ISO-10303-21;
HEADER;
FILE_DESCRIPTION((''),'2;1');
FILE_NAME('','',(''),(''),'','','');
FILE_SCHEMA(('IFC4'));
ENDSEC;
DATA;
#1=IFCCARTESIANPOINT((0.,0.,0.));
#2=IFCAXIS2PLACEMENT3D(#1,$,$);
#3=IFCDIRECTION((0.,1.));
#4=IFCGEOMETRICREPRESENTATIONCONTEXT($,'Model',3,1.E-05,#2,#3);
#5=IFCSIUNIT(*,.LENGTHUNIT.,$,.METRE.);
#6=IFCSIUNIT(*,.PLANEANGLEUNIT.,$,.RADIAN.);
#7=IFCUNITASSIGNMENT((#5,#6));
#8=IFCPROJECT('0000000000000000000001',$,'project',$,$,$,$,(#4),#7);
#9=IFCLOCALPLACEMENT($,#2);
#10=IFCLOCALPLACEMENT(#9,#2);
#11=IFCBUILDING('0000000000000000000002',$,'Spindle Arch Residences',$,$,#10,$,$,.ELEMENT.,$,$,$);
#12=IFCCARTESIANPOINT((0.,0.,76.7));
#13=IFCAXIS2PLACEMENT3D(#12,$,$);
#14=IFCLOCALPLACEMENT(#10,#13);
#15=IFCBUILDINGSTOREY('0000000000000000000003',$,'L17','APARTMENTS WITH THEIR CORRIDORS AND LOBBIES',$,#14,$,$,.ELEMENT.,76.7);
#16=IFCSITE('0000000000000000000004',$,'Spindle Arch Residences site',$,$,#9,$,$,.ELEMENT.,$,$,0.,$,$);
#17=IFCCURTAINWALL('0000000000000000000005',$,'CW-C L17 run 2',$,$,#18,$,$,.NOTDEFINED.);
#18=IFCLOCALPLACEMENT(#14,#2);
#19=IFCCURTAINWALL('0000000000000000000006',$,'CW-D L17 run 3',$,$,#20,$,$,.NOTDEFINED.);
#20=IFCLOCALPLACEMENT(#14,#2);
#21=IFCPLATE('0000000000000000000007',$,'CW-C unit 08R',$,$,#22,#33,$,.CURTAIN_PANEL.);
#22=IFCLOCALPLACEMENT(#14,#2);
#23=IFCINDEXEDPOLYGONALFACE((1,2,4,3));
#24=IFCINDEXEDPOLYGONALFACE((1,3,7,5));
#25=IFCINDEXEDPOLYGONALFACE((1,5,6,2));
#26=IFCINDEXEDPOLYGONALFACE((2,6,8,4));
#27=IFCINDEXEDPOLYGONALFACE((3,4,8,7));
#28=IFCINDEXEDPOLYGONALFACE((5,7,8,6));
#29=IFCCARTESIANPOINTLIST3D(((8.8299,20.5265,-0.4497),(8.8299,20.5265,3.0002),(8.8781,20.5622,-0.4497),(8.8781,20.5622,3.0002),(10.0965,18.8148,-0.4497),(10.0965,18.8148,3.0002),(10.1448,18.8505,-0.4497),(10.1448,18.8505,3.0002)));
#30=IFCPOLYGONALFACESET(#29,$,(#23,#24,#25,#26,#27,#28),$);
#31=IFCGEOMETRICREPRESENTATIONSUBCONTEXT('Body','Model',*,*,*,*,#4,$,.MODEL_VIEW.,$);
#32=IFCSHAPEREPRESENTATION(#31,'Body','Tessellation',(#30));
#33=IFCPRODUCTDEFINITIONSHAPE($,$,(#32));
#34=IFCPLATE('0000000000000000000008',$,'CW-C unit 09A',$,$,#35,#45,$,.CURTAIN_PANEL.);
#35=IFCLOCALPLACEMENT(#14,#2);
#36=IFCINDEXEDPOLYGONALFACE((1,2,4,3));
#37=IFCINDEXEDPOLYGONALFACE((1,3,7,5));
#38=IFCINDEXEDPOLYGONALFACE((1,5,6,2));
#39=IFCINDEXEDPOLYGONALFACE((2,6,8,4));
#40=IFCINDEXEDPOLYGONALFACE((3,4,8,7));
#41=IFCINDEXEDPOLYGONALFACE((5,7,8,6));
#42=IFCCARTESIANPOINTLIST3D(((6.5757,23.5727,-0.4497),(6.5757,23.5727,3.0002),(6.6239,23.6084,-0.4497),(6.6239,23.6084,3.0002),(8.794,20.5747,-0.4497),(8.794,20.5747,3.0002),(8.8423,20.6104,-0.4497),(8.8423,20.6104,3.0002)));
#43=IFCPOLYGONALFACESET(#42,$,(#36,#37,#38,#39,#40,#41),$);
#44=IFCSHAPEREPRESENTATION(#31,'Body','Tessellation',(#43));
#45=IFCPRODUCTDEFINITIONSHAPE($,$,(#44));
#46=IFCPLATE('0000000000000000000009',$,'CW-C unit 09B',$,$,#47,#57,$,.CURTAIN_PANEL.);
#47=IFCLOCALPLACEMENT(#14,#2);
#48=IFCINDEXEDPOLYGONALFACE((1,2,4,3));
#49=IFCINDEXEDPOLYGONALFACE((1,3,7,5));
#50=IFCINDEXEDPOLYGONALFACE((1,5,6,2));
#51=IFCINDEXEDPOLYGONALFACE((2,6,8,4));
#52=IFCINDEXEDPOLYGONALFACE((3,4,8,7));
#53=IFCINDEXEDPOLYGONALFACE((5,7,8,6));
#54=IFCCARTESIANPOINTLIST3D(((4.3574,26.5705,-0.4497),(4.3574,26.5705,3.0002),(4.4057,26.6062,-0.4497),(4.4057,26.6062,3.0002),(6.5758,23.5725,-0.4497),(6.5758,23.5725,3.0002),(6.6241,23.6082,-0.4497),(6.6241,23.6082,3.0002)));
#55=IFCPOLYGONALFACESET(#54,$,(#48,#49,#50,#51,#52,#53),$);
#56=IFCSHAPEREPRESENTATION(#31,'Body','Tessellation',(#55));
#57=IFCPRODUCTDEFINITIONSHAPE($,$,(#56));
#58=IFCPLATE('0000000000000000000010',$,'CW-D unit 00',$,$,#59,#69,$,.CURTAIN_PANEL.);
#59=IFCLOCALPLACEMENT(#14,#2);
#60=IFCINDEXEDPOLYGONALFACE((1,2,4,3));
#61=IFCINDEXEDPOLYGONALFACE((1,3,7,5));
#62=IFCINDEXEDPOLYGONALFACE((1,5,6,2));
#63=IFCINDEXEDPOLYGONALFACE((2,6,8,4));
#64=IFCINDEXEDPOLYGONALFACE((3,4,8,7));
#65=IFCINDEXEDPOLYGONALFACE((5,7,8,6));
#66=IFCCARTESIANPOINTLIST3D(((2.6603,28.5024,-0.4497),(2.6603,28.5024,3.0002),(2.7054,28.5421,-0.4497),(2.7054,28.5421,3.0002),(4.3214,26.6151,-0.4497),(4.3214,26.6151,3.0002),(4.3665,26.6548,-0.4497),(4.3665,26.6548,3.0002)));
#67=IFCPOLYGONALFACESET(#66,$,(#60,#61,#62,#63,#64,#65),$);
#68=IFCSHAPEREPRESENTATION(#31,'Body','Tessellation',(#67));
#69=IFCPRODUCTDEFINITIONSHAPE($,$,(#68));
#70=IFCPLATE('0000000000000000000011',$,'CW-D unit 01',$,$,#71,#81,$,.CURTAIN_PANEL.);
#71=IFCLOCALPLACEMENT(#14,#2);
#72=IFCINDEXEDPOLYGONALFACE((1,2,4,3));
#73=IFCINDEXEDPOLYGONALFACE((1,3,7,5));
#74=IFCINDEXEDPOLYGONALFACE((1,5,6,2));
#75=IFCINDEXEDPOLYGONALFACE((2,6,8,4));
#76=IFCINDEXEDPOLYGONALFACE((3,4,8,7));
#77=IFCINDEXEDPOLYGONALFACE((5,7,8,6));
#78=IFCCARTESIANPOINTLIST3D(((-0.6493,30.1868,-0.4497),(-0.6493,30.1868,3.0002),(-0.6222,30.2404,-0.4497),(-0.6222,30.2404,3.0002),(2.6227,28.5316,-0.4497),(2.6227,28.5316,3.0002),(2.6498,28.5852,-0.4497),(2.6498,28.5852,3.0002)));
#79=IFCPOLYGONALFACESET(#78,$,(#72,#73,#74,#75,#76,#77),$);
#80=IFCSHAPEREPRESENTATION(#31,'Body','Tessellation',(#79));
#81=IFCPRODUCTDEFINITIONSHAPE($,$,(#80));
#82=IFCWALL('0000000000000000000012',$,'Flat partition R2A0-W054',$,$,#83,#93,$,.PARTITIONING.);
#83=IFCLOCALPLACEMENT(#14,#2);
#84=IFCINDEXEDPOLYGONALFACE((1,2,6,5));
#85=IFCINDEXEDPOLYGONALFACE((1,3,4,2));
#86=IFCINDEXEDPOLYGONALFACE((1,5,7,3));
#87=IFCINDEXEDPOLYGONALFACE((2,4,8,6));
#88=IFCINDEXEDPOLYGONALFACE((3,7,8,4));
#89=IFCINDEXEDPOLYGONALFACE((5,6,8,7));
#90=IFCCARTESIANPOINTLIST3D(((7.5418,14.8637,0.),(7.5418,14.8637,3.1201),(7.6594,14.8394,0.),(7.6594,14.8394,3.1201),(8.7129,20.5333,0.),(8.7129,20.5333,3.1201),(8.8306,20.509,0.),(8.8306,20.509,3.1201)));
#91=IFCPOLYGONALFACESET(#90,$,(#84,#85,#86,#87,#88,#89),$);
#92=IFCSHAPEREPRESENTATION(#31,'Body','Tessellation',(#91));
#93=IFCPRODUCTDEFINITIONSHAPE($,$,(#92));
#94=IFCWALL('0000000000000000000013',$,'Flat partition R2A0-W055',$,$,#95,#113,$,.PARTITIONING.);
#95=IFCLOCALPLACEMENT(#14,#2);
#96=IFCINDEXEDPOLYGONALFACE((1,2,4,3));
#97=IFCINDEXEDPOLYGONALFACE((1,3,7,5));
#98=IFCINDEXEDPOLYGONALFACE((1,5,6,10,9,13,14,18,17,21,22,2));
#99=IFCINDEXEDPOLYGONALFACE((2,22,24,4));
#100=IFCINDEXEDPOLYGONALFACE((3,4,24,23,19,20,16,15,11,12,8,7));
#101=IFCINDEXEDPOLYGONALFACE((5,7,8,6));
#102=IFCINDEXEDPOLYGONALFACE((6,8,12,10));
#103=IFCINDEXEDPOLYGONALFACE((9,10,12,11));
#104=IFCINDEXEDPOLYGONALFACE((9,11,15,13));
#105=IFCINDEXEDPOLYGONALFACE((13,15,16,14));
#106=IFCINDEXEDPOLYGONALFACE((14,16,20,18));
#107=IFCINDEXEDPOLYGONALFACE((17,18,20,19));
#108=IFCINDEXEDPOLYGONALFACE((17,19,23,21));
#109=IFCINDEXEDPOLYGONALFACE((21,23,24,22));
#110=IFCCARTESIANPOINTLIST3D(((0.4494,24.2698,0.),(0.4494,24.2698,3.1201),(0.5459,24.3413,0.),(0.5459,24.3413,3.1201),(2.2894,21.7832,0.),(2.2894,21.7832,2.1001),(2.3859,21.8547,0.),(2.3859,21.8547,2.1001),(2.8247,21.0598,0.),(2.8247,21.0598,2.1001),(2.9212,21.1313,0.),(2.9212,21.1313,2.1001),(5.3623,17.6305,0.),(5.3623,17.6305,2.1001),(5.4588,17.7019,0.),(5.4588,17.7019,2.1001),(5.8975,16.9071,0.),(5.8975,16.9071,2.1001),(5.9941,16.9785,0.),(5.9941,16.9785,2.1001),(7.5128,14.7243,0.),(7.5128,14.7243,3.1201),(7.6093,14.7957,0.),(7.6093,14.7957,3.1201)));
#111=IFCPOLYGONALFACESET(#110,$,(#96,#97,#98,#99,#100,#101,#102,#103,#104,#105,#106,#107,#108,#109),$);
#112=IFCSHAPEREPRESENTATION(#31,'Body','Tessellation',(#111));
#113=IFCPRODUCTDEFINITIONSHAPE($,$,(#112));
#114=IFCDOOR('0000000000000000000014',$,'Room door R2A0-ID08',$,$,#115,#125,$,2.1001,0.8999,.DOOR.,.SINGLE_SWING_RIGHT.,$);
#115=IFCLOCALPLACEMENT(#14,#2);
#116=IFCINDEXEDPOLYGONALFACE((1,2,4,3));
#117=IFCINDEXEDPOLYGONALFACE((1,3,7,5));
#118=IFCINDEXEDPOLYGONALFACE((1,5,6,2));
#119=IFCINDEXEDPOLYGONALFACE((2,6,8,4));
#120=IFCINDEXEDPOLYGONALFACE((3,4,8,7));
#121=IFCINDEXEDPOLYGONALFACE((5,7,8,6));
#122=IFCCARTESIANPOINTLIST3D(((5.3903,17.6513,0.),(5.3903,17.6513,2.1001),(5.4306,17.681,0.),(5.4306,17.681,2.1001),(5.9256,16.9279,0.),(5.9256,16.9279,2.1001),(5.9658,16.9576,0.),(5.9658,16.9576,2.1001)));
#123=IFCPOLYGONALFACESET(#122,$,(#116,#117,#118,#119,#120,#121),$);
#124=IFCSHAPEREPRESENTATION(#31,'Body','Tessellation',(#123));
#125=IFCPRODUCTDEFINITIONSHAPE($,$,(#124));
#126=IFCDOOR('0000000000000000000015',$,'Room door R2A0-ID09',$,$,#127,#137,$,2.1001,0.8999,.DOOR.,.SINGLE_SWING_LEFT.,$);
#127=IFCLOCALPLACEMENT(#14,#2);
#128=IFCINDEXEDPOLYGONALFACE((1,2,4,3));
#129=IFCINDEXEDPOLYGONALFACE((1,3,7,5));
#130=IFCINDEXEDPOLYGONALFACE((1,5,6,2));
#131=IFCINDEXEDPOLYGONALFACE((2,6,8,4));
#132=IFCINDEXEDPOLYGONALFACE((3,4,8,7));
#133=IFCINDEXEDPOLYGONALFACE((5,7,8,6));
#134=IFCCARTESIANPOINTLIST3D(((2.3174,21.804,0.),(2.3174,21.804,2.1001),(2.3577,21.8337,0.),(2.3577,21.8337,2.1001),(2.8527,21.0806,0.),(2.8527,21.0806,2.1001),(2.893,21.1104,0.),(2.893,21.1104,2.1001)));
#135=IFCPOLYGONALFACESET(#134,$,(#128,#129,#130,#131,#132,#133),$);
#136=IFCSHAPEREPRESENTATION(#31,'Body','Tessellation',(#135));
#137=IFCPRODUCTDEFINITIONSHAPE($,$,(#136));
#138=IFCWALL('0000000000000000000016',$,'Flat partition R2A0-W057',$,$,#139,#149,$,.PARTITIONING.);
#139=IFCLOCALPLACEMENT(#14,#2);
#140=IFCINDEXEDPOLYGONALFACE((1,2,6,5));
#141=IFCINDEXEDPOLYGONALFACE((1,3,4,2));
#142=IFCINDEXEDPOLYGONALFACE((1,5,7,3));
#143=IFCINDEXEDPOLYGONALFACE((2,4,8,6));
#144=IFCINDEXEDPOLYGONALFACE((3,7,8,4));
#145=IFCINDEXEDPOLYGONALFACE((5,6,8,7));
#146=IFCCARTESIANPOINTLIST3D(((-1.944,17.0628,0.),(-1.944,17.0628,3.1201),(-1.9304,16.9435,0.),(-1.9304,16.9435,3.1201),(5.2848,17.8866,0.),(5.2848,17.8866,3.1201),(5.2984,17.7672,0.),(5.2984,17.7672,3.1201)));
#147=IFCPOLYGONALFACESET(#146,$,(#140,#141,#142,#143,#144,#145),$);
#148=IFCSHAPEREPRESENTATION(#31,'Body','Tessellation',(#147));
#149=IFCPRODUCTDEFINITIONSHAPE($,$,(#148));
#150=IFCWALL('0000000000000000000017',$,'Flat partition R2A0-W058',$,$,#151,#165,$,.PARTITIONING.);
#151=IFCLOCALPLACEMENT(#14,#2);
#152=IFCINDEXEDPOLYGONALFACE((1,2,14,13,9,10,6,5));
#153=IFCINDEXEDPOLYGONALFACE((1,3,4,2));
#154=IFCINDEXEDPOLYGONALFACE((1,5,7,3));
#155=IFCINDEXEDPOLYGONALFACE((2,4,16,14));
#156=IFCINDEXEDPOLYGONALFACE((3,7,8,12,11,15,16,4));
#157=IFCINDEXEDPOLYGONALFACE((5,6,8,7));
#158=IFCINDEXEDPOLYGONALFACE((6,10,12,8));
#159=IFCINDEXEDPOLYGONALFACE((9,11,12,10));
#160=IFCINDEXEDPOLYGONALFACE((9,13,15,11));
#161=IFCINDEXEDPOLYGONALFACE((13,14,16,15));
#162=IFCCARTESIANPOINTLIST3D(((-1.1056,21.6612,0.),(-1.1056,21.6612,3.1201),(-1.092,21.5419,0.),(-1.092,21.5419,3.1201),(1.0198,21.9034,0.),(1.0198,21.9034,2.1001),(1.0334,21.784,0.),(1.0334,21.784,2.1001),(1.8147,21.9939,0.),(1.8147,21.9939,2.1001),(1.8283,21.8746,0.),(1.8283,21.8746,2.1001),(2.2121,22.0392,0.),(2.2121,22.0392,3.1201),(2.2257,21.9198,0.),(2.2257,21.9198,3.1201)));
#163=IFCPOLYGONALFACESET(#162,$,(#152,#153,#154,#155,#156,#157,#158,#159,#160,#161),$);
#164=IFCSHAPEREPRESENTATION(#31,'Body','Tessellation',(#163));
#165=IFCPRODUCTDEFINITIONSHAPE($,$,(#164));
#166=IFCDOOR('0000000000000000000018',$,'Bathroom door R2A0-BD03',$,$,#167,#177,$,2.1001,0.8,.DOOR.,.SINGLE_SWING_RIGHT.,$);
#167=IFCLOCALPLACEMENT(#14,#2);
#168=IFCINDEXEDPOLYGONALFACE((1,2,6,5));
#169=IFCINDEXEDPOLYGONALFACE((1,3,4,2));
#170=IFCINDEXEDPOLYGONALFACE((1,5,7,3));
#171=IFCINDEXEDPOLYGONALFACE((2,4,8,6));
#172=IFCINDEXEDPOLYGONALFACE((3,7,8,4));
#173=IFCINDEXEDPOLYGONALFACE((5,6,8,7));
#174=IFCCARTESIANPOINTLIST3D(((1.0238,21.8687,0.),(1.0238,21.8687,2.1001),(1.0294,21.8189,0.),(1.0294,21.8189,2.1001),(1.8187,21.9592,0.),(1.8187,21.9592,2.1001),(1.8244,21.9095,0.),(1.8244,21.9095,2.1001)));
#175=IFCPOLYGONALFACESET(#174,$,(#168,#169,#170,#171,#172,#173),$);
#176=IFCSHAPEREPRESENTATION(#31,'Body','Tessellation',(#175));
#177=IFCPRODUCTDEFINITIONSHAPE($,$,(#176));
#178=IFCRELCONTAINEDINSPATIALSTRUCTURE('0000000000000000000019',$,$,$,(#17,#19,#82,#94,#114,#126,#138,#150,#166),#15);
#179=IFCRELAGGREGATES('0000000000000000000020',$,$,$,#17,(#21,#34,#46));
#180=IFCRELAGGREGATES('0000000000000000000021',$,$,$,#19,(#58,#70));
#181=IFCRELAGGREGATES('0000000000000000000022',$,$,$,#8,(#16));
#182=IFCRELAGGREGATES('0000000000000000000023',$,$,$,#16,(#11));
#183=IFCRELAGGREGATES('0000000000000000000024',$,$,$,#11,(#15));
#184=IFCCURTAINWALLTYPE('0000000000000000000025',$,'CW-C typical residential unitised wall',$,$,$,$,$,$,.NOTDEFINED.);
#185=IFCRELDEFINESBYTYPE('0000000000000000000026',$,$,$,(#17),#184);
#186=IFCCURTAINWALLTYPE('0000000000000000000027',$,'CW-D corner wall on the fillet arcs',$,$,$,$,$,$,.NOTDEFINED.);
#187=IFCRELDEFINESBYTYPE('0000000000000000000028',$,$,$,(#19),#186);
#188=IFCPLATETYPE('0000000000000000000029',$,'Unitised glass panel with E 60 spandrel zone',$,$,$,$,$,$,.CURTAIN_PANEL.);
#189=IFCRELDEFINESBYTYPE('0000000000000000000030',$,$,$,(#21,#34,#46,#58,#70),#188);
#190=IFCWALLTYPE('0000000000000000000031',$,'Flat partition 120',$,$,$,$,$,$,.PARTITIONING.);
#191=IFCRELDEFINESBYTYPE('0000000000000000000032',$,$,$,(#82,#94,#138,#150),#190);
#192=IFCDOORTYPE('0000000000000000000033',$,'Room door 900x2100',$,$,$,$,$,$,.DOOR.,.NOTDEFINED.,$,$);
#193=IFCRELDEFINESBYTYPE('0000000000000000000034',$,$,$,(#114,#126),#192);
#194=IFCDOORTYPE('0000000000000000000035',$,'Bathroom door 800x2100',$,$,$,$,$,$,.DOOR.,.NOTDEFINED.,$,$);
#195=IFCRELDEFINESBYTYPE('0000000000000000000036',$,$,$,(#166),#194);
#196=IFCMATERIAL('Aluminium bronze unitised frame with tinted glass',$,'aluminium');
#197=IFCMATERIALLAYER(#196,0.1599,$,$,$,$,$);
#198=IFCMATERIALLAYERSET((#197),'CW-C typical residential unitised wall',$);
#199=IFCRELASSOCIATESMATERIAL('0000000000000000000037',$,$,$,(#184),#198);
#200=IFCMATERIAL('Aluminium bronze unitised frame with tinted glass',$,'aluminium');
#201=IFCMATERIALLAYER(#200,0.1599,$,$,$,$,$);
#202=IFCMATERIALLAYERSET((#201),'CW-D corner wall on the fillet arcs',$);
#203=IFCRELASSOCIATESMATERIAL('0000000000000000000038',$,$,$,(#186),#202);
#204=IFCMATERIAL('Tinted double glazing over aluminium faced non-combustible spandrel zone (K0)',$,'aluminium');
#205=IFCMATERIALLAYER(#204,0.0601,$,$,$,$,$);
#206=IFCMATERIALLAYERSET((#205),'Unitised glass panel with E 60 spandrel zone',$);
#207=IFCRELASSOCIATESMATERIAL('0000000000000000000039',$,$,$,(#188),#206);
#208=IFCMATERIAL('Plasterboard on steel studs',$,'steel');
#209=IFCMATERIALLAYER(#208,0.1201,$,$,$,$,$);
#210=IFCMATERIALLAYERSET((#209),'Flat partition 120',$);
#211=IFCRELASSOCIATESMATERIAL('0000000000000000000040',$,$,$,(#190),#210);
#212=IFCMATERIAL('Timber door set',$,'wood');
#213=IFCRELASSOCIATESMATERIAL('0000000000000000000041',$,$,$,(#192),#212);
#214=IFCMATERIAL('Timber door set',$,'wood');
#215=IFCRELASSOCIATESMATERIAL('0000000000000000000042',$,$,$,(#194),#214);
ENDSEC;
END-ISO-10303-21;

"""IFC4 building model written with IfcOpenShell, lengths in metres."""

from ifc_helpers import new_model, si_unit, direction, frame, frame_2d, origin, origin_2d, place, context, subcontext, project, spatial, rectangle, extrude, material, layer, layer_set, type_object, element, fill, aggregate, save


model = new_model("IFC4")

# Units and contexts
model_context = context("Model", 3, precision=1e-05, world=origin(), true_north=direction((0.0, 1.0)))
body_context = subcontext(model_context, "Body", "Model", "MODEL_VIEW")
ifc_project = project(units=[si_unit("LENGTHUNIT", "METRE"), si_unit("PLANEANGLEUNIT", "RADIAN")], contexts=[model_context])

# Site, building, storey
site_placement = place(None, origin())
site = spatial("IfcSite", under=ifc_project, at=site_placement, Name="Spindle Arch Residences site", CompositionType="ELEMENT", RefElevation=0.0)
building_placement = place(site_placement, origin())
building = spatial("IfcBuilding", under=site, at=building_placement, Name="Spindle Arch Residences", CompositionType="ELEMENT")
storey_placement = place(building_placement, frame((0.0, 0.0, 76.7)))
storey = spatial("IfcBuildingStorey", under=building, at=storey_placement, Name="L17", Description="APARTMENTS WITH THEIR CORRIDORS AND LOBBIES", CompositionType="ELEMENT", Elevation=76.7)

# Curtain wall
ifc_material_1 = material(Name="Aluminium bronze unitised frame with tinted glass", Category="aluminium")
ifc_layer_1 = layer(ifc_material_1, 0.1599)
ifc_layer_set_1 = layer_set([ifc_layer_1], Name="CW-C typical residential unitised wall")
curtain_wall_type_1 = type_object("IfcCurtainWallType", Name="CW-C typical residential unitised wall", PredefinedType="NOTDEFINED", material=ifc_layer_set_1)
curtain_wall_1_placement = place(storey_placement, origin())
curtain_wall_1 = element("IfcCurtainWall", 1, at=curtain_wall_1_placement, inside=storey, type_object=curtain_wall_type_1, Name="CW-C L17 run 2", PredefinedType="NOTDEFINED")

# Curtain wall
ifc_material_2 = material(Name="Aluminium bronze unitised frame with tinted glass", Category="aluminium")
ifc_layer_2 = layer(ifc_material_2, 0.1599)
ifc_layer_set_2 = layer_set([ifc_layer_2], Name="CW-D corner wall on the fillet arcs")
curtain_wall_type_2 = type_object("IfcCurtainWallType", Name="CW-D corner wall on the fillet arcs", PredefinedType="NOTDEFINED", material=ifc_layer_set_2)
curtain_wall_2_placement = place(storey_placement, origin())
curtain_wall_2 = element("IfcCurtainWall", 2, at=curtain_wall_2_placement, inside=storey, type_object=curtain_wall_type_2, Name="CW-D L17 run 3", PredefinedType="NOTDEFINED")

# Plates
ifc_material_3 = material(Name="Tinted double glazing over aluminium faced non-combustible spandrel zone (K0)", Category="aluminium")
ifc_layer_3 = layer(ifc_material_3, 0.0601)
ifc_layer_set_3 = layer_set([ifc_layer_3], Name="Unitised glass panel with E 60 spandrel zone")
plate_type = type_object("IfcPlateType", Name="Unitised glass panel with E 60 spandrel zone", PredefinedType="CURTAIN_PANEL", material=ifc_layer_set_3)
plate_1_placement = place(storey_placement, frame((9.4873, 19.6885, -0.4497), z_axis=(0.0, 0.0, 1.0), x_axis=(-0.594823, 0.803857, 0.0)))
plate_1 = element("IfcPlate", 3, at=plate_1_placement, type_object=plate_type, Name="CW-C unit 08R", PredefinedType="CURTAIN_PANEL", context=body_context, shape_type="SweptSolid", body=[
    extrude(rectangle(XDim=2.1294, YDim=0.0601, at=origin_2d()), origin(), (0.0, 0.0, 1.0), 3.45),
])
plate_2_placement = place(storey_placement, frame((7.709, 22.0916, -0.4497), z_axis=(0.0, 0.0, 1.0), x_axis=(-0.594823, 0.803857, 0.0)))
plate_2 = element("IfcPlate", 4, at=plate_2_placement, type_object=plate_type, Name="CW-C unit 09A", PredefinedType="CURTAIN_PANEL", context=body_context, shape_type="SweptSolid", body=[
    extrude(rectangle(XDim=3.7295, YDim=0.0601, at=origin_2d()), origin(), (0.0, 0.0, 1.0), 3.45),
])
plate_3_placement = place(storey_placement, frame((5.4907, 25.0894, -0.4497), z_axis=(0.0, 0.0, 1.0), x_axis=(-0.594823, 0.803857, 0.0)))
plate_3 = element("IfcPlate", 5, at=plate_3_placement, type_object=plate_type, Name="CW-C unit 09B", PredefinedType="CURTAIN_PANEL", context=body_context, shape_type="SweptSolid", body=[
    extrude(rectangle(XDim=3.7295, YDim=0.0601, at=origin_2d()), origin(), (0.0, 0.0, 1.0), 3.45),
])
aggregate(curtain_wall_1, [plate_1, plate_2, plate_3])
plate_4_placement = place(storey_placement, frame((3.5134, 27.5786, -0.4497), z_axis=(0.0, 0.0, 1.0), x_axis=(-0.660704, 0.750647, 0.0)))
plate_4 = element("IfcPlate", 6, at=plate_4_placement, type_object=plate_type, Name="CW-D unit 00", PredefinedType="CURTAIN_PANEL", context=body_context, shape_type="SweptSolid", body=[
    extrude(rectangle(XDim=2.5142, YDim=0.0601, at=origin_2d()), origin(), (0.0, 0.0, 1.0), 3.45),
])
plate_5_placement = place(storey_placement, frame((1.0002, 29.386, -0.4497), z_axis=(0.0, 0.0, 1.0), x_axis=(-0.892323, 0.451397, 0.0)))
plate_5 = element("IfcPlate", 7, at=plate_5_placement, type_object=plate_type, Name="CW-D unit 01", PredefinedType="CURTAIN_PANEL", context=body_context, shape_type="SweptSolid", body=[
    extrude(rectangle(XDim=3.6667, YDim=0.0601, at=origin_2d()), origin(), (0.0, 0.0, 1.0), 3.45),
])
aggregate(curtain_wall_2, [plate_4, plate_5])

# Wall
ifc_material_4 = material(Name="Plasterboard on steel studs", Category="steel")
ifc_layer_4 = layer(ifc_material_4, 0.1201)
ifc_layer_set_4 = layer_set([ifc_layer_4], Name="Flat partition 120")
wall_type_1 = type_object("IfcWallType", Name="Flat partition 120", PredefinedType="PARTITIONING", material=ifc_layer_set_4)
wall_1_placement = place(storey_placement, frame((8.7717, 20.521, 0.0), z_axis=(0.0, 0.0, 1.0), x_axis=(-0.202292, -0.979325, 0.0)))
element("IfcWall", 8, at=wall_1_placement, inside=storey, type_object=wall_type_1, Name="Flat partition R2A0-W054", PredefinedType="PARTITIONING", context=body_context, shape_type="SweptSolid", body=[
    extrude(rectangle(XDim=5.7893, YDim=0.1201, at=frame_2d((2.8945, 0.0))), origin(), (0.0, 0.0, 1.0), 3.1201),
])

# Wall, openings, doors
wall_2_placement = place(storey_placement, frame((0.4976, 24.3057, 0.0), z_axis=(0.0, 0.0, 1.0), x_axis=(0.594826, -0.803854, 0.0)))
wall_2 = element("IfcWall", 9, at=wall_2_placement, inside=storey, type_object=wall_type_1, Name="Flat partition R2A0-W055", PredefinedType="PARTITIONING", context=body_context, shape_type="SweptSolid", body=[
    extrude(rectangle(XDim=11.8748, YDim=0.1201, at=frame_2d((5.9375, 0.0))), origin(), (0.0, 0.0, 1.0), 3.1201),
])
opening_1_placement = place(wall_2_placement, frame((8.2595, 0.0, 0.0)))
opening_1 = element("IfcOpeningElement", 10, at=opening_1_placement, cuts=wall_2, PredefinedType="OPENING", context=body_context, shape_type="SweptSolid", body=[
    extrude(rectangle(XDim=0.8999, YDim=2.1001, at=frame_2d((0.45, 1.05))), frame((0.0, 0.0701, 0.0), z_axis=(0.0, -1.0, 0.0), x_axis=(1.0, 0.0, 0.0)), (0.0, 0.0, 1.0), 0.1401),
])
opening_2_placement = place(wall_2_placement, frame((3.0935, 0.0, 0.0)))
opening_2 = element("IfcOpeningElement", 11, at=opening_2_placement, cuts=wall_2, PredefinedType="OPENING", context=body_context, shape_type="SweptSolid", body=[
    extrude(rectangle(XDim=0.8999, YDim=2.1001, at=frame_2d((0.45, 1.05))), frame((0.0, 0.0701, 0.0), z_axis=(0.0, -1.0, 0.0), x_axis=(1.0, 0.0, 0.0)), (0.0, 0.0, 1.0), 0.1401),
])
ifc_material_5 = material(Name="Timber door set", Category="wood")
door_type_1 = type_object("IfcDoorType", Name="Room door 900x2100", OperationType="NOTDEFINED", PredefinedType="DOOR", material=ifc_material_5)
door_1_placement = place(opening_1_placement, origin())
door_1 = element("IfcDoor", 12, at=door_1_placement, inside=storey, type_object=door_type_1, Name="Room door R2A0-ID08", OperationType="SINGLE_SWING_RIGHT", OverallHeight=2.1001, OverallWidth=0.8999, PredefinedType="DOOR", context=body_context, shape_type="SweptSolid", body=[
    extrude(rectangle(XDim=0.8999, YDim=2.1001, at=frame_2d((0.45, 1.05))), frame((0.0, 0.0249, 0.0), z_axis=(0.0, -1.0, 0.0), x_axis=(1.0, 0.0, 0.0)), (0.0, 0.0, 1.0), 0.05),
])
fill(opening_1, door_1)
door_2_placement = place(opening_2_placement, origin())
door_2 = element("IfcDoor", 13, at=door_2_placement, inside=storey, type_object=door_type_1, Name="Room door R2A0-ID09", OperationType="SINGLE_SWING_LEFT", OverallHeight=2.1001, OverallWidth=0.8999, PredefinedType="DOOR", context=body_context, shape_type="SweptSolid", body=[
    extrude(rectangle(XDim=0.8999, YDim=2.1001, at=frame_2d((0.45, 1.05))), frame((0.0, 0.0249, 0.0), z_axis=(0.0, -1.0, 0.0), x_axis=(1.0, 0.0, 0.0)), (0.0, 0.0, 1.0), 0.05),
])
fill(opening_2, door_2)

# Wall
wall_3_placement = place(storey_placement, frame((5.2915, 17.8269, 0.0), z_axis=(0.0, 0.0, 1.0), x_axis=(-0.99357, -0.113219, 0.0)))
element("IfcWall", 14, at=wall_3_placement, inside=storey, type_object=wall_type_1, Name="Flat partition R2A0-W057", PredefinedType="PARTITIONING", context=body_context, shape_type="SweptSolid", body=[
    extrude(rectangle(XDim=7.2756, YDim=0.1201, at=frame_2d((3.6377, 0.0))), origin(), (0.0, 0.0, 1.0), 3.1201),
])

# Wall, opening, door
wall_4_placement = place(storey_placement, frame((2.2188, 21.9795, 0.0), z_axis=(0.0, 0.0, 1.0), x_axis=(-0.993574, -0.113184, 0.0)))
wall_4 = element("IfcWall", 15, at=wall_4_placement, inside=storey, type_object=wall_type_1, Name="Flat partition R2A0-W058", PredefinedType="PARTITIONING", context=body_context, shape_type="SweptSolid", body=[
    extrude(rectangle(XDim=3.3391, YDim=0.1201, at=frame_2d((1.6694, 0.0))), origin(), (0.0, 0.0, 1.0), 3.1201),
])
opening_3_placement = place(wall_4_placement, frame((0.3999, 0.0, 0.0)))
opening_3 = element("IfcOpeningElement", 16, at=opening_3_placement, cuts=wall_4, PredefinedType="OPENING", context=body_context, shape_type="SweptSolid", body=[
    extrude(rectangle(XDim=0.8, YDim=2.1001, at=frame_2d((0.3999, 1.05))), frame((0.0, 0.0701, 0.0), z_axis=(0.0, -1.0, 0.0), x_axis=(1.0, 0.0, 0.0)), (0.0, 0.0, 1.0), 0.1401),
])
ifc_material_6 = material(Name="Timber door set", Category="wood")
door_type_2 = type_object("IfcDoorType", Name="Bathroom door 800x2100", OperationType="NOTDEFINED", PredefinedType="DOOR", material=ifc_material_6)
door_3_placement = place(opening_3_placement, origin())
door_3 = element("IfcDoor", 17, at=door_3_placement, inside=storey, type_object=door_type_2, Name="Bathroom door R2A0-BD03", OperationType="SINGLE_SWING_RIGHT", OverallHeight=2.1001, OverallWidth=0.8, PredefinedType="DOOR", context=body_context, shape_type="SweptSolid", body=[
    extrude(rectangle(XDim=0.8, YDim=2.1001, at=frame_2d((0.3999, 1.05))), frame((0.0, 0.0249, 0.0), z_axis=(0.0, -1.0, 0.0), x_axis=(1.0, 0.0, 0.0)), (0.0, 0.0, 1.0), 0.05),
])
fill(opening_3, door_3)

save(model, "model.ifc")
